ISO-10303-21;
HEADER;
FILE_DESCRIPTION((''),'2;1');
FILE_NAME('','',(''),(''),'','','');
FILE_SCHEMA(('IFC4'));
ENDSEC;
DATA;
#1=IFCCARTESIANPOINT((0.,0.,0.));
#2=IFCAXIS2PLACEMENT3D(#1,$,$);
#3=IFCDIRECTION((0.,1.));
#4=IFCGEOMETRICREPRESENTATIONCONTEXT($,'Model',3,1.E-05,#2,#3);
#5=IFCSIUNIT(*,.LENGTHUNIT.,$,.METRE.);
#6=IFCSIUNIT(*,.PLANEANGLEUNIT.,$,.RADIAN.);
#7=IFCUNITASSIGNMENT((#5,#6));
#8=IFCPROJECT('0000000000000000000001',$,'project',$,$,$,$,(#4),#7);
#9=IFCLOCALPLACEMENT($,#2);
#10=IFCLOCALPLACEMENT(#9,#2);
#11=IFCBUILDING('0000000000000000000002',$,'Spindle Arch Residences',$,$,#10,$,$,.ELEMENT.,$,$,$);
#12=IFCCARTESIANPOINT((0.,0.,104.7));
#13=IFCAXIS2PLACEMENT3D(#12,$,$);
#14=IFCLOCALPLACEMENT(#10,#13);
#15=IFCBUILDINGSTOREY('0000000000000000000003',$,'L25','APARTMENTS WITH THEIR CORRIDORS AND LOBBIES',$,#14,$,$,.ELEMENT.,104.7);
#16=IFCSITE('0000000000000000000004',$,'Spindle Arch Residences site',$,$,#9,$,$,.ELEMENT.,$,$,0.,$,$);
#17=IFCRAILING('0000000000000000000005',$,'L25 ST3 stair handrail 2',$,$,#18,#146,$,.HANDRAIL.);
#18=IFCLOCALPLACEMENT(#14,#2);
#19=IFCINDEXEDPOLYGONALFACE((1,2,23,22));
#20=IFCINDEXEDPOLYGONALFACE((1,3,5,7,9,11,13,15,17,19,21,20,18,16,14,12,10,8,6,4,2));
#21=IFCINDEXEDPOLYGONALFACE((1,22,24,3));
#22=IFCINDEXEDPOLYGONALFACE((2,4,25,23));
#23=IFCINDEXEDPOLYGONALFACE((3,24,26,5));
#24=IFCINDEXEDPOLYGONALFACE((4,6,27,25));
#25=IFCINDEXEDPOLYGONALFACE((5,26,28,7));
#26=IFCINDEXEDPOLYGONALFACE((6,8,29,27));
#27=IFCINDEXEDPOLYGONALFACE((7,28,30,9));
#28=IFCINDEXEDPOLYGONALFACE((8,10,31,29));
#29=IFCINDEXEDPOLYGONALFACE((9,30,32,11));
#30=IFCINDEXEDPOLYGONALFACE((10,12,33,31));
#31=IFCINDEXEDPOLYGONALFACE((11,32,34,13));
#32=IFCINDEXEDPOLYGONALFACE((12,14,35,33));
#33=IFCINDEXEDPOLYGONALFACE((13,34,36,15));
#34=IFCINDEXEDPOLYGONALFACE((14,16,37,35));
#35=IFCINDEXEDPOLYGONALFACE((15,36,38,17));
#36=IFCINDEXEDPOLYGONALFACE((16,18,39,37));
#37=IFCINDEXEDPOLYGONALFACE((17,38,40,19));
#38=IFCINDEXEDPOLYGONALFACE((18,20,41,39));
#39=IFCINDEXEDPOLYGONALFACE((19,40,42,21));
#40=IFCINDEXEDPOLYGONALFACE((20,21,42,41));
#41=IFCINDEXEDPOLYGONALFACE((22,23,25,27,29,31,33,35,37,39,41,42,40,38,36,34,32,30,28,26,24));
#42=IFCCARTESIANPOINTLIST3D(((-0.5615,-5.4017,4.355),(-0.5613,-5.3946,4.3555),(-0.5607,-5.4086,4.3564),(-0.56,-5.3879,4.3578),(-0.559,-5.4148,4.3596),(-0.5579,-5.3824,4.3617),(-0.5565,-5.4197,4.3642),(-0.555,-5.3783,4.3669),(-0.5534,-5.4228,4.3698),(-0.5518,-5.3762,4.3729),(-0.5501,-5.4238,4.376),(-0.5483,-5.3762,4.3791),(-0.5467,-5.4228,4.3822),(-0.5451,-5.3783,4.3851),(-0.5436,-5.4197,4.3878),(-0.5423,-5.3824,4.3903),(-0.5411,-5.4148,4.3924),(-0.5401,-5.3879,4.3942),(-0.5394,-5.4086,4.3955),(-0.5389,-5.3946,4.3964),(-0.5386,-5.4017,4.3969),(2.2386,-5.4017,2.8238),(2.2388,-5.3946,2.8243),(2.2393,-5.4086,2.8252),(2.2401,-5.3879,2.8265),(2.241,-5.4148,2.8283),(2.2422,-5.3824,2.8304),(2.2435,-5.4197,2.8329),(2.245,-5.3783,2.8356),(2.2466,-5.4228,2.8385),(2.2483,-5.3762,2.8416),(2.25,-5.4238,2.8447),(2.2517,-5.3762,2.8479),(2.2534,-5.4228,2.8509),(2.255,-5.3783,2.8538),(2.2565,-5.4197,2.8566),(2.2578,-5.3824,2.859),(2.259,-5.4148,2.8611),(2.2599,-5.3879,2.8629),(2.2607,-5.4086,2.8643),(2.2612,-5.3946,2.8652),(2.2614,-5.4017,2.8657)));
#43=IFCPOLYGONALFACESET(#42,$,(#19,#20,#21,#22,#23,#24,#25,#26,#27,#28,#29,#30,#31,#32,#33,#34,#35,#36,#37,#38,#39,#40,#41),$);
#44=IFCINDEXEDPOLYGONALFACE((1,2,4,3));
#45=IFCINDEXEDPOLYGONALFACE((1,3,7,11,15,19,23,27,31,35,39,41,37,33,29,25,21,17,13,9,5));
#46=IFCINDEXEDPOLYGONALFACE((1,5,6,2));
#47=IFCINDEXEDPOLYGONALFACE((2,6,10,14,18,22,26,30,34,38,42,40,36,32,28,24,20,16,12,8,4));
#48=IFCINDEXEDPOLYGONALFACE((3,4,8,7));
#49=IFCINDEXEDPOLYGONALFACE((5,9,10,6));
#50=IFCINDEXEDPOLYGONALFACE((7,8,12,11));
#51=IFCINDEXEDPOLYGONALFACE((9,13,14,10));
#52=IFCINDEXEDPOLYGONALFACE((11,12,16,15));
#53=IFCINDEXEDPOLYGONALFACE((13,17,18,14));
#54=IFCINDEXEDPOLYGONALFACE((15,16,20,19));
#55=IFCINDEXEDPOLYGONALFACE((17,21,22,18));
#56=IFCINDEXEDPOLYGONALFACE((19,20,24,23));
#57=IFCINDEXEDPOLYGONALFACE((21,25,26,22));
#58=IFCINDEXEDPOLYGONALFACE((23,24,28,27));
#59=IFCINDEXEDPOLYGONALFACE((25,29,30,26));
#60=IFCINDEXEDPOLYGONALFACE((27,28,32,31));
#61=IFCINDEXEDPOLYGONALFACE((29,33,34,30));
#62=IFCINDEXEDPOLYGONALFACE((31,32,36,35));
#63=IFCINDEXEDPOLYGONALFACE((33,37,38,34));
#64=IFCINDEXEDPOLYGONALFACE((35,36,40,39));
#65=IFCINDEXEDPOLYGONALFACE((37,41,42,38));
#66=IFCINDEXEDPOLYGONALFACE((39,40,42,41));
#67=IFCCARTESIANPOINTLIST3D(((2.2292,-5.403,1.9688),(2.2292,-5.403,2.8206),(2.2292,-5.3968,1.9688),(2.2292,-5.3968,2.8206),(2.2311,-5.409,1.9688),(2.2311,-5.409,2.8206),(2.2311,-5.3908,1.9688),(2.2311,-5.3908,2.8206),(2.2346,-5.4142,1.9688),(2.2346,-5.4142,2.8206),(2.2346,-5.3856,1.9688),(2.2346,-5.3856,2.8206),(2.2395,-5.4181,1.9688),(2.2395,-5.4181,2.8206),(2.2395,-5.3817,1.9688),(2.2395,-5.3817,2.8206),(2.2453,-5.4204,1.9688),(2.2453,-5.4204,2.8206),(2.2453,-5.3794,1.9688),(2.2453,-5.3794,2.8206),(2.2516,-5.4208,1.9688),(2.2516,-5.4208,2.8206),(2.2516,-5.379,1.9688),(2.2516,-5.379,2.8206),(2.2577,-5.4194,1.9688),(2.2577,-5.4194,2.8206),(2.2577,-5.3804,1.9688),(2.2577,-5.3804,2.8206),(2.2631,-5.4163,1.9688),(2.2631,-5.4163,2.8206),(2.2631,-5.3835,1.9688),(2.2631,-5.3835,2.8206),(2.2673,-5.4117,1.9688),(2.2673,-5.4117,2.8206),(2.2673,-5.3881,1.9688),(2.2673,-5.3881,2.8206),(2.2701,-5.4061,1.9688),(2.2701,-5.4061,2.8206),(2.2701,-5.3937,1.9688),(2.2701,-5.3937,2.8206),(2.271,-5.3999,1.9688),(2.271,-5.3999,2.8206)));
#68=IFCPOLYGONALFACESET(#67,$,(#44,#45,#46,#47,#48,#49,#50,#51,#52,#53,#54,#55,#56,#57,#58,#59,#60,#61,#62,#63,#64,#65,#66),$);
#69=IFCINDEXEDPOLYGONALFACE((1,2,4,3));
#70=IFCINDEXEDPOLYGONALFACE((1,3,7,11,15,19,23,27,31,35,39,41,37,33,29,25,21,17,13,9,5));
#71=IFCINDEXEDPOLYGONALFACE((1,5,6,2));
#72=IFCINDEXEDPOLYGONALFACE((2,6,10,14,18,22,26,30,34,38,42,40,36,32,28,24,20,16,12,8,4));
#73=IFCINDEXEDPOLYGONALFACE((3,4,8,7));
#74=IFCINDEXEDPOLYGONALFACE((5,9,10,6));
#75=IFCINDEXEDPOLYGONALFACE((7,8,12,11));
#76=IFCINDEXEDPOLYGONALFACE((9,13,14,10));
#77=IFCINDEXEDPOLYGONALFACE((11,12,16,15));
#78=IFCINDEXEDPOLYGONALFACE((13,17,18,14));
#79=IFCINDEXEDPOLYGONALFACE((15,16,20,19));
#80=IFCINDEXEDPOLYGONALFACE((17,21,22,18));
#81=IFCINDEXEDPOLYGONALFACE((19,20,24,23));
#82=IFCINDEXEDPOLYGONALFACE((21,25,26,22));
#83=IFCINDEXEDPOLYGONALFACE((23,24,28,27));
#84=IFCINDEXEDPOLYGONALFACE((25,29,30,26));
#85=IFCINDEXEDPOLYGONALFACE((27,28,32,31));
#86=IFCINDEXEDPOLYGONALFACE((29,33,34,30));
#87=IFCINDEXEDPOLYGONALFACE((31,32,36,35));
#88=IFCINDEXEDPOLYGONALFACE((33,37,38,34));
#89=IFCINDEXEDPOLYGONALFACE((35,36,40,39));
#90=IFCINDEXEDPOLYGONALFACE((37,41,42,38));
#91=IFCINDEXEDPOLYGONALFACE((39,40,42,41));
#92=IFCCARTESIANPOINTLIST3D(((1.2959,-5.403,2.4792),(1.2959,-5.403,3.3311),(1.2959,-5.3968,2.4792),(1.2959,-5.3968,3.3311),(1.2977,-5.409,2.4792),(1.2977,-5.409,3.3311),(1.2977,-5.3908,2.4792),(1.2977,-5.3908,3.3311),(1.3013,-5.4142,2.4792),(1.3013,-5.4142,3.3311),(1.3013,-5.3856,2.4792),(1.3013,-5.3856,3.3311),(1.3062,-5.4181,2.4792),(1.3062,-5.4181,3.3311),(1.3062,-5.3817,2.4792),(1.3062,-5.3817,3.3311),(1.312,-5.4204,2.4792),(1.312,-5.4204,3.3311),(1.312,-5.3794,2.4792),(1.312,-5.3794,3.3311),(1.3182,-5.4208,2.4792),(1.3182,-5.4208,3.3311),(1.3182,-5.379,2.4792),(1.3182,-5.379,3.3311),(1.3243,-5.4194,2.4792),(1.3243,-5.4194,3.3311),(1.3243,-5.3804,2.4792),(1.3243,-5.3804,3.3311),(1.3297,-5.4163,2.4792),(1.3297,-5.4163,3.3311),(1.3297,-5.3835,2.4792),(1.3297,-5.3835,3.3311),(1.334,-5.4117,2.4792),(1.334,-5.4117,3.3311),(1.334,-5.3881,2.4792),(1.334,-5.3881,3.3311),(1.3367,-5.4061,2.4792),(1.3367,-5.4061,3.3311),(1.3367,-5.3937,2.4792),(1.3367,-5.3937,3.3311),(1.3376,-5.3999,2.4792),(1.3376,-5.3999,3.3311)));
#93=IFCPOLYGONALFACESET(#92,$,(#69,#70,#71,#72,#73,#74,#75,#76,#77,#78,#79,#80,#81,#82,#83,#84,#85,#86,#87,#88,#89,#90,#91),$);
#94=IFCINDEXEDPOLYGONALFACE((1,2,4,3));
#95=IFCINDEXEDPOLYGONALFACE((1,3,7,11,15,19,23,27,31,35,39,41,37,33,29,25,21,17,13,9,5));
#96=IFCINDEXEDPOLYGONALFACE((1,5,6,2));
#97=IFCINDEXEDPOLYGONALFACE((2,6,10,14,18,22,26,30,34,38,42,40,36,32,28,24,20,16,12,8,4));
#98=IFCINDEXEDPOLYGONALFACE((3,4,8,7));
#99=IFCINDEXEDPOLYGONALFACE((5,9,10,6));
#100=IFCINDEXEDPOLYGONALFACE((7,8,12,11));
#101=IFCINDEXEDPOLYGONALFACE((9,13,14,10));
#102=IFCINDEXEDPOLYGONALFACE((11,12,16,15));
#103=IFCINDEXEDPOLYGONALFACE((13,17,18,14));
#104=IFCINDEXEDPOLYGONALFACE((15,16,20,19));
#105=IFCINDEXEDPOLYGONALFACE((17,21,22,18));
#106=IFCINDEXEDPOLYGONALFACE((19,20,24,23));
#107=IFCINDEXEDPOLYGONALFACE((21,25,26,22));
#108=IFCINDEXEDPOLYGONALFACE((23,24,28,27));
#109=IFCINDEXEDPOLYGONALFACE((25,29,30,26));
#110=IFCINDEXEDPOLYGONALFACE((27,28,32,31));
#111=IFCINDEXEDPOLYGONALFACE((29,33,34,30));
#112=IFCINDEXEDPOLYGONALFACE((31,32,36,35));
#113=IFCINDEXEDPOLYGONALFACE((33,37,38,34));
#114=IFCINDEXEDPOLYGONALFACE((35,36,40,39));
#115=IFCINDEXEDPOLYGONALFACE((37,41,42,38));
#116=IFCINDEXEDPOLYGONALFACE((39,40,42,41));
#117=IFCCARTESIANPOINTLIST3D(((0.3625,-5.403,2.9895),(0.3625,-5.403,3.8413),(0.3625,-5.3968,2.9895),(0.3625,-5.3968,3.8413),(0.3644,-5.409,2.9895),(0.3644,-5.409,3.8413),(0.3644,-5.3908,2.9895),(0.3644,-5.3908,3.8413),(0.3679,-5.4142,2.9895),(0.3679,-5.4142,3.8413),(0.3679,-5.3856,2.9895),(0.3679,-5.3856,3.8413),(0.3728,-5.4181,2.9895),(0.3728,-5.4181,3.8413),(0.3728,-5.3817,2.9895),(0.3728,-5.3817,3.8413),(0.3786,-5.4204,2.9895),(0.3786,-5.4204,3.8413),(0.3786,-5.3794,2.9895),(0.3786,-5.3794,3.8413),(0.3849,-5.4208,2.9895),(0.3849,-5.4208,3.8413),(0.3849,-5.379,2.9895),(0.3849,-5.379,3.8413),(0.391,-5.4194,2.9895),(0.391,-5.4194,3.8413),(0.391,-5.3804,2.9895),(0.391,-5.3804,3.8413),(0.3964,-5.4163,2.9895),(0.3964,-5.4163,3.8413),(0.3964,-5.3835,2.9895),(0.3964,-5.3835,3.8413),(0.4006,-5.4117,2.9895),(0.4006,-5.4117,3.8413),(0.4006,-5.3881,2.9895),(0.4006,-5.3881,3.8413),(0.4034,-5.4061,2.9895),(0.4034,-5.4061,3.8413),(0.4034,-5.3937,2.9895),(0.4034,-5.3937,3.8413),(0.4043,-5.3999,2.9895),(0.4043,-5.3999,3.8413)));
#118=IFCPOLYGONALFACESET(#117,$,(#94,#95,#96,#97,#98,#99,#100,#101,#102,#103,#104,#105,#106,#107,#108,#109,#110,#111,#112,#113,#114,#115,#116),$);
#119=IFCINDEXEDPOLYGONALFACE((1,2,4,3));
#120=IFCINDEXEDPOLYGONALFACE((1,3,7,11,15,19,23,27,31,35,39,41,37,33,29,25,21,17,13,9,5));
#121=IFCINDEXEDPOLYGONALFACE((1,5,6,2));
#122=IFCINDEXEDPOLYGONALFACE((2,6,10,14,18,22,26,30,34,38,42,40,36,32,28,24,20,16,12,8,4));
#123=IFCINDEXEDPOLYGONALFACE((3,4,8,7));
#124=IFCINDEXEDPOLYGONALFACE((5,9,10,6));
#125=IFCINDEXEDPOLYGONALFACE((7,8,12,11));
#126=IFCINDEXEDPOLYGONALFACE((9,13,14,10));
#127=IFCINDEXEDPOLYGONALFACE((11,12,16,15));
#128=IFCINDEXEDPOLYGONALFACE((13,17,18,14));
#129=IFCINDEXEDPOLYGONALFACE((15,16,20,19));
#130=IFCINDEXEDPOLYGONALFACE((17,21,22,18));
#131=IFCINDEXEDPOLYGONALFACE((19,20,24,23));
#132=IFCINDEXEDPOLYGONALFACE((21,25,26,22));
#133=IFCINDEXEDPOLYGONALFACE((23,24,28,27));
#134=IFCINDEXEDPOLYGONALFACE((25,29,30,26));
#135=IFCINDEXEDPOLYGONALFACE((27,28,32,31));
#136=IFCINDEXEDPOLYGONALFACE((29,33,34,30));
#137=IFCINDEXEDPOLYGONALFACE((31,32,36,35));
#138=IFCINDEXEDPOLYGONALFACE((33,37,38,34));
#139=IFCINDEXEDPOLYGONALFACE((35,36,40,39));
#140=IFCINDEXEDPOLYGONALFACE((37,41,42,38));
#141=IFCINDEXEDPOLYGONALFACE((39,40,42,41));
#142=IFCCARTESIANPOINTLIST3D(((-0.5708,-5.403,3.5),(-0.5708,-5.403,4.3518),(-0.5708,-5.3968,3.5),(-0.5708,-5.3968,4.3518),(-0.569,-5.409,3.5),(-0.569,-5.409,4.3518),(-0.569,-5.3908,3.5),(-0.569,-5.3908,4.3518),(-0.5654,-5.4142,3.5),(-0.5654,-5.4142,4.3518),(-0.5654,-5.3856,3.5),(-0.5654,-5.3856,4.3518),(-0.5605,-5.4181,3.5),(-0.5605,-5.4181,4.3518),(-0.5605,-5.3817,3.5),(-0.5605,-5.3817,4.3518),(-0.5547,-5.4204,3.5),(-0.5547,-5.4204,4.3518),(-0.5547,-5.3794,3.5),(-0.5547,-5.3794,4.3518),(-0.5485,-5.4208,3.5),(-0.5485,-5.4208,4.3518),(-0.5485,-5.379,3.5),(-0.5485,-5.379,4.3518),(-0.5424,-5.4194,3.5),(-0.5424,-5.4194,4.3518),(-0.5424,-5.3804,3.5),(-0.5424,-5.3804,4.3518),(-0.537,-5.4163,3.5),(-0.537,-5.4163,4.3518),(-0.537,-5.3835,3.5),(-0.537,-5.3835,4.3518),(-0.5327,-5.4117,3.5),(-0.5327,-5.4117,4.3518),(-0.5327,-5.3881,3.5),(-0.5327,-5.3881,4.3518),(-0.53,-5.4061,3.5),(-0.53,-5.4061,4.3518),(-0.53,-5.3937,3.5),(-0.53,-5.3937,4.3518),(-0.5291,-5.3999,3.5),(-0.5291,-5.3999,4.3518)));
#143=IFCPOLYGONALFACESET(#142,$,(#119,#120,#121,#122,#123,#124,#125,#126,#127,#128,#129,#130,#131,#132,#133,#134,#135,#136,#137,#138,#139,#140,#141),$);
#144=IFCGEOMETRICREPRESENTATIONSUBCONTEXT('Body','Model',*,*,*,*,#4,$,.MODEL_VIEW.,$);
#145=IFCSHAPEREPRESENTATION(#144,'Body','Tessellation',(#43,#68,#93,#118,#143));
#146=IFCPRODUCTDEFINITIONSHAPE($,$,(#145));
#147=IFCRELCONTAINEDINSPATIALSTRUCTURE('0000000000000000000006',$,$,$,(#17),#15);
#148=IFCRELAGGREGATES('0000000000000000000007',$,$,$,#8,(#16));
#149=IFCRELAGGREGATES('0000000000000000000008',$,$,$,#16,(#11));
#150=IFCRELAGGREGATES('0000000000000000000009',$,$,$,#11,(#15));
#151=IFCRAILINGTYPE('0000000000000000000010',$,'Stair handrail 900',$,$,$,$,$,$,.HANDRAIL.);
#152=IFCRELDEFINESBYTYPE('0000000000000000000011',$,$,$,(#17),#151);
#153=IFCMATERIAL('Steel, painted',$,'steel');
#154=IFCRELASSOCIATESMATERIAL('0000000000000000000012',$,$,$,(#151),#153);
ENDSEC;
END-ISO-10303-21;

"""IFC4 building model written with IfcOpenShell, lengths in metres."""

from ifc_helpers import new_model, si_unit, direction, frame, origin, origin_2d, place, context, subcontext, project, spatial, circle, extrude, material, type_object, element, save


model = new_model("IFC4")

# Units and contexts
model_context = context("Model", 3, precision=1e-05, world=origin(), true_north=direction((0.0, 1.0)))
body_context = subcontext(model_context, "Body", "Model", "MODEL_VIEW")
ifc_project = project(units=[si_unit("LENGTHUNIT", "METRE"), si_unit("PLANEANGLEUNIT", "RADIAN")], contexts=[model_context])

# Site, building, storey
site_placement = place(None, origin())
site = spatial("IfcSite", under=ifc_project, at=site_placement, Name="Spindle Arch Residences site", CompositionType="ELEMENT", RefElevation=0.0)
building_placement = place(site_placement, origin())
building = spatial("IfcBuilding", under=site, at=building_placement, Name="Spindle Arch Residences", CompositionType="ELEMENT")
storey_placement = place(building_placement, frame((0.0, 0.0, 104.7)))
storey = spatial("IfcBuildingStorey", under=building, at=storey_placement, Name="L25", Description="APARTMENTS WITH THEIR CORRIDORS AND LOBBIES", CompositionType="ELEMENT", Elevation=104.7)

# Railing
ifc_material_1 = material(Name="Steel, painted", Category="steel")
railing_type_1 = type_object("IfcRailingType", Name="Stair handrail 900", PredefinedType="HANDRAIL", material=ifc_material_1)
railing_1_placement = place(storey_placement, frame((2.25, -5.3999, 1.9688)))
element("IfcRailing", 1, at=railing_1_placement, inside=storey, type_object=railing_type_1, Name="L25 ST3 stair handrail 2", PredefinedType="HANDRAIL", context=body_context, shape_type="SweptSolid", body=[
    extrude(circle(Radius=0.0239, at=origin_2d()), frame((0.0, 0.0, 0.876), z_axis=(-0.877375, 0.0, 0.479806), x_axis=(0.0, -1.0, 0.0)), (0.0, 0.0, 1.0), 3.1914),
    extrude(circle(Radius=0.021, at=origin_2d()), origin(), (0.0, 0.0, 1.0), 0.8518),
    extrude(circle(Radius=0.021, at=origin_2d()), frame((-0.9333, 0.0, 0.5105)), (0.0, 0.0, 1.0), 0.8518),
    extrude(circle(Radius=0.021, at=origin_2d()), frame((-1.8667, 0.0, 1.0208)), (0.0, 0.0, 1.0), 0.8518),
    extrude(circle(Radius=0.021, at=origin_2d()), frame((-2.8, 0.0, 1.5312)), (0.0, 0.0, 1.0), 0.8518),
])

save(model, "model.ifc")
